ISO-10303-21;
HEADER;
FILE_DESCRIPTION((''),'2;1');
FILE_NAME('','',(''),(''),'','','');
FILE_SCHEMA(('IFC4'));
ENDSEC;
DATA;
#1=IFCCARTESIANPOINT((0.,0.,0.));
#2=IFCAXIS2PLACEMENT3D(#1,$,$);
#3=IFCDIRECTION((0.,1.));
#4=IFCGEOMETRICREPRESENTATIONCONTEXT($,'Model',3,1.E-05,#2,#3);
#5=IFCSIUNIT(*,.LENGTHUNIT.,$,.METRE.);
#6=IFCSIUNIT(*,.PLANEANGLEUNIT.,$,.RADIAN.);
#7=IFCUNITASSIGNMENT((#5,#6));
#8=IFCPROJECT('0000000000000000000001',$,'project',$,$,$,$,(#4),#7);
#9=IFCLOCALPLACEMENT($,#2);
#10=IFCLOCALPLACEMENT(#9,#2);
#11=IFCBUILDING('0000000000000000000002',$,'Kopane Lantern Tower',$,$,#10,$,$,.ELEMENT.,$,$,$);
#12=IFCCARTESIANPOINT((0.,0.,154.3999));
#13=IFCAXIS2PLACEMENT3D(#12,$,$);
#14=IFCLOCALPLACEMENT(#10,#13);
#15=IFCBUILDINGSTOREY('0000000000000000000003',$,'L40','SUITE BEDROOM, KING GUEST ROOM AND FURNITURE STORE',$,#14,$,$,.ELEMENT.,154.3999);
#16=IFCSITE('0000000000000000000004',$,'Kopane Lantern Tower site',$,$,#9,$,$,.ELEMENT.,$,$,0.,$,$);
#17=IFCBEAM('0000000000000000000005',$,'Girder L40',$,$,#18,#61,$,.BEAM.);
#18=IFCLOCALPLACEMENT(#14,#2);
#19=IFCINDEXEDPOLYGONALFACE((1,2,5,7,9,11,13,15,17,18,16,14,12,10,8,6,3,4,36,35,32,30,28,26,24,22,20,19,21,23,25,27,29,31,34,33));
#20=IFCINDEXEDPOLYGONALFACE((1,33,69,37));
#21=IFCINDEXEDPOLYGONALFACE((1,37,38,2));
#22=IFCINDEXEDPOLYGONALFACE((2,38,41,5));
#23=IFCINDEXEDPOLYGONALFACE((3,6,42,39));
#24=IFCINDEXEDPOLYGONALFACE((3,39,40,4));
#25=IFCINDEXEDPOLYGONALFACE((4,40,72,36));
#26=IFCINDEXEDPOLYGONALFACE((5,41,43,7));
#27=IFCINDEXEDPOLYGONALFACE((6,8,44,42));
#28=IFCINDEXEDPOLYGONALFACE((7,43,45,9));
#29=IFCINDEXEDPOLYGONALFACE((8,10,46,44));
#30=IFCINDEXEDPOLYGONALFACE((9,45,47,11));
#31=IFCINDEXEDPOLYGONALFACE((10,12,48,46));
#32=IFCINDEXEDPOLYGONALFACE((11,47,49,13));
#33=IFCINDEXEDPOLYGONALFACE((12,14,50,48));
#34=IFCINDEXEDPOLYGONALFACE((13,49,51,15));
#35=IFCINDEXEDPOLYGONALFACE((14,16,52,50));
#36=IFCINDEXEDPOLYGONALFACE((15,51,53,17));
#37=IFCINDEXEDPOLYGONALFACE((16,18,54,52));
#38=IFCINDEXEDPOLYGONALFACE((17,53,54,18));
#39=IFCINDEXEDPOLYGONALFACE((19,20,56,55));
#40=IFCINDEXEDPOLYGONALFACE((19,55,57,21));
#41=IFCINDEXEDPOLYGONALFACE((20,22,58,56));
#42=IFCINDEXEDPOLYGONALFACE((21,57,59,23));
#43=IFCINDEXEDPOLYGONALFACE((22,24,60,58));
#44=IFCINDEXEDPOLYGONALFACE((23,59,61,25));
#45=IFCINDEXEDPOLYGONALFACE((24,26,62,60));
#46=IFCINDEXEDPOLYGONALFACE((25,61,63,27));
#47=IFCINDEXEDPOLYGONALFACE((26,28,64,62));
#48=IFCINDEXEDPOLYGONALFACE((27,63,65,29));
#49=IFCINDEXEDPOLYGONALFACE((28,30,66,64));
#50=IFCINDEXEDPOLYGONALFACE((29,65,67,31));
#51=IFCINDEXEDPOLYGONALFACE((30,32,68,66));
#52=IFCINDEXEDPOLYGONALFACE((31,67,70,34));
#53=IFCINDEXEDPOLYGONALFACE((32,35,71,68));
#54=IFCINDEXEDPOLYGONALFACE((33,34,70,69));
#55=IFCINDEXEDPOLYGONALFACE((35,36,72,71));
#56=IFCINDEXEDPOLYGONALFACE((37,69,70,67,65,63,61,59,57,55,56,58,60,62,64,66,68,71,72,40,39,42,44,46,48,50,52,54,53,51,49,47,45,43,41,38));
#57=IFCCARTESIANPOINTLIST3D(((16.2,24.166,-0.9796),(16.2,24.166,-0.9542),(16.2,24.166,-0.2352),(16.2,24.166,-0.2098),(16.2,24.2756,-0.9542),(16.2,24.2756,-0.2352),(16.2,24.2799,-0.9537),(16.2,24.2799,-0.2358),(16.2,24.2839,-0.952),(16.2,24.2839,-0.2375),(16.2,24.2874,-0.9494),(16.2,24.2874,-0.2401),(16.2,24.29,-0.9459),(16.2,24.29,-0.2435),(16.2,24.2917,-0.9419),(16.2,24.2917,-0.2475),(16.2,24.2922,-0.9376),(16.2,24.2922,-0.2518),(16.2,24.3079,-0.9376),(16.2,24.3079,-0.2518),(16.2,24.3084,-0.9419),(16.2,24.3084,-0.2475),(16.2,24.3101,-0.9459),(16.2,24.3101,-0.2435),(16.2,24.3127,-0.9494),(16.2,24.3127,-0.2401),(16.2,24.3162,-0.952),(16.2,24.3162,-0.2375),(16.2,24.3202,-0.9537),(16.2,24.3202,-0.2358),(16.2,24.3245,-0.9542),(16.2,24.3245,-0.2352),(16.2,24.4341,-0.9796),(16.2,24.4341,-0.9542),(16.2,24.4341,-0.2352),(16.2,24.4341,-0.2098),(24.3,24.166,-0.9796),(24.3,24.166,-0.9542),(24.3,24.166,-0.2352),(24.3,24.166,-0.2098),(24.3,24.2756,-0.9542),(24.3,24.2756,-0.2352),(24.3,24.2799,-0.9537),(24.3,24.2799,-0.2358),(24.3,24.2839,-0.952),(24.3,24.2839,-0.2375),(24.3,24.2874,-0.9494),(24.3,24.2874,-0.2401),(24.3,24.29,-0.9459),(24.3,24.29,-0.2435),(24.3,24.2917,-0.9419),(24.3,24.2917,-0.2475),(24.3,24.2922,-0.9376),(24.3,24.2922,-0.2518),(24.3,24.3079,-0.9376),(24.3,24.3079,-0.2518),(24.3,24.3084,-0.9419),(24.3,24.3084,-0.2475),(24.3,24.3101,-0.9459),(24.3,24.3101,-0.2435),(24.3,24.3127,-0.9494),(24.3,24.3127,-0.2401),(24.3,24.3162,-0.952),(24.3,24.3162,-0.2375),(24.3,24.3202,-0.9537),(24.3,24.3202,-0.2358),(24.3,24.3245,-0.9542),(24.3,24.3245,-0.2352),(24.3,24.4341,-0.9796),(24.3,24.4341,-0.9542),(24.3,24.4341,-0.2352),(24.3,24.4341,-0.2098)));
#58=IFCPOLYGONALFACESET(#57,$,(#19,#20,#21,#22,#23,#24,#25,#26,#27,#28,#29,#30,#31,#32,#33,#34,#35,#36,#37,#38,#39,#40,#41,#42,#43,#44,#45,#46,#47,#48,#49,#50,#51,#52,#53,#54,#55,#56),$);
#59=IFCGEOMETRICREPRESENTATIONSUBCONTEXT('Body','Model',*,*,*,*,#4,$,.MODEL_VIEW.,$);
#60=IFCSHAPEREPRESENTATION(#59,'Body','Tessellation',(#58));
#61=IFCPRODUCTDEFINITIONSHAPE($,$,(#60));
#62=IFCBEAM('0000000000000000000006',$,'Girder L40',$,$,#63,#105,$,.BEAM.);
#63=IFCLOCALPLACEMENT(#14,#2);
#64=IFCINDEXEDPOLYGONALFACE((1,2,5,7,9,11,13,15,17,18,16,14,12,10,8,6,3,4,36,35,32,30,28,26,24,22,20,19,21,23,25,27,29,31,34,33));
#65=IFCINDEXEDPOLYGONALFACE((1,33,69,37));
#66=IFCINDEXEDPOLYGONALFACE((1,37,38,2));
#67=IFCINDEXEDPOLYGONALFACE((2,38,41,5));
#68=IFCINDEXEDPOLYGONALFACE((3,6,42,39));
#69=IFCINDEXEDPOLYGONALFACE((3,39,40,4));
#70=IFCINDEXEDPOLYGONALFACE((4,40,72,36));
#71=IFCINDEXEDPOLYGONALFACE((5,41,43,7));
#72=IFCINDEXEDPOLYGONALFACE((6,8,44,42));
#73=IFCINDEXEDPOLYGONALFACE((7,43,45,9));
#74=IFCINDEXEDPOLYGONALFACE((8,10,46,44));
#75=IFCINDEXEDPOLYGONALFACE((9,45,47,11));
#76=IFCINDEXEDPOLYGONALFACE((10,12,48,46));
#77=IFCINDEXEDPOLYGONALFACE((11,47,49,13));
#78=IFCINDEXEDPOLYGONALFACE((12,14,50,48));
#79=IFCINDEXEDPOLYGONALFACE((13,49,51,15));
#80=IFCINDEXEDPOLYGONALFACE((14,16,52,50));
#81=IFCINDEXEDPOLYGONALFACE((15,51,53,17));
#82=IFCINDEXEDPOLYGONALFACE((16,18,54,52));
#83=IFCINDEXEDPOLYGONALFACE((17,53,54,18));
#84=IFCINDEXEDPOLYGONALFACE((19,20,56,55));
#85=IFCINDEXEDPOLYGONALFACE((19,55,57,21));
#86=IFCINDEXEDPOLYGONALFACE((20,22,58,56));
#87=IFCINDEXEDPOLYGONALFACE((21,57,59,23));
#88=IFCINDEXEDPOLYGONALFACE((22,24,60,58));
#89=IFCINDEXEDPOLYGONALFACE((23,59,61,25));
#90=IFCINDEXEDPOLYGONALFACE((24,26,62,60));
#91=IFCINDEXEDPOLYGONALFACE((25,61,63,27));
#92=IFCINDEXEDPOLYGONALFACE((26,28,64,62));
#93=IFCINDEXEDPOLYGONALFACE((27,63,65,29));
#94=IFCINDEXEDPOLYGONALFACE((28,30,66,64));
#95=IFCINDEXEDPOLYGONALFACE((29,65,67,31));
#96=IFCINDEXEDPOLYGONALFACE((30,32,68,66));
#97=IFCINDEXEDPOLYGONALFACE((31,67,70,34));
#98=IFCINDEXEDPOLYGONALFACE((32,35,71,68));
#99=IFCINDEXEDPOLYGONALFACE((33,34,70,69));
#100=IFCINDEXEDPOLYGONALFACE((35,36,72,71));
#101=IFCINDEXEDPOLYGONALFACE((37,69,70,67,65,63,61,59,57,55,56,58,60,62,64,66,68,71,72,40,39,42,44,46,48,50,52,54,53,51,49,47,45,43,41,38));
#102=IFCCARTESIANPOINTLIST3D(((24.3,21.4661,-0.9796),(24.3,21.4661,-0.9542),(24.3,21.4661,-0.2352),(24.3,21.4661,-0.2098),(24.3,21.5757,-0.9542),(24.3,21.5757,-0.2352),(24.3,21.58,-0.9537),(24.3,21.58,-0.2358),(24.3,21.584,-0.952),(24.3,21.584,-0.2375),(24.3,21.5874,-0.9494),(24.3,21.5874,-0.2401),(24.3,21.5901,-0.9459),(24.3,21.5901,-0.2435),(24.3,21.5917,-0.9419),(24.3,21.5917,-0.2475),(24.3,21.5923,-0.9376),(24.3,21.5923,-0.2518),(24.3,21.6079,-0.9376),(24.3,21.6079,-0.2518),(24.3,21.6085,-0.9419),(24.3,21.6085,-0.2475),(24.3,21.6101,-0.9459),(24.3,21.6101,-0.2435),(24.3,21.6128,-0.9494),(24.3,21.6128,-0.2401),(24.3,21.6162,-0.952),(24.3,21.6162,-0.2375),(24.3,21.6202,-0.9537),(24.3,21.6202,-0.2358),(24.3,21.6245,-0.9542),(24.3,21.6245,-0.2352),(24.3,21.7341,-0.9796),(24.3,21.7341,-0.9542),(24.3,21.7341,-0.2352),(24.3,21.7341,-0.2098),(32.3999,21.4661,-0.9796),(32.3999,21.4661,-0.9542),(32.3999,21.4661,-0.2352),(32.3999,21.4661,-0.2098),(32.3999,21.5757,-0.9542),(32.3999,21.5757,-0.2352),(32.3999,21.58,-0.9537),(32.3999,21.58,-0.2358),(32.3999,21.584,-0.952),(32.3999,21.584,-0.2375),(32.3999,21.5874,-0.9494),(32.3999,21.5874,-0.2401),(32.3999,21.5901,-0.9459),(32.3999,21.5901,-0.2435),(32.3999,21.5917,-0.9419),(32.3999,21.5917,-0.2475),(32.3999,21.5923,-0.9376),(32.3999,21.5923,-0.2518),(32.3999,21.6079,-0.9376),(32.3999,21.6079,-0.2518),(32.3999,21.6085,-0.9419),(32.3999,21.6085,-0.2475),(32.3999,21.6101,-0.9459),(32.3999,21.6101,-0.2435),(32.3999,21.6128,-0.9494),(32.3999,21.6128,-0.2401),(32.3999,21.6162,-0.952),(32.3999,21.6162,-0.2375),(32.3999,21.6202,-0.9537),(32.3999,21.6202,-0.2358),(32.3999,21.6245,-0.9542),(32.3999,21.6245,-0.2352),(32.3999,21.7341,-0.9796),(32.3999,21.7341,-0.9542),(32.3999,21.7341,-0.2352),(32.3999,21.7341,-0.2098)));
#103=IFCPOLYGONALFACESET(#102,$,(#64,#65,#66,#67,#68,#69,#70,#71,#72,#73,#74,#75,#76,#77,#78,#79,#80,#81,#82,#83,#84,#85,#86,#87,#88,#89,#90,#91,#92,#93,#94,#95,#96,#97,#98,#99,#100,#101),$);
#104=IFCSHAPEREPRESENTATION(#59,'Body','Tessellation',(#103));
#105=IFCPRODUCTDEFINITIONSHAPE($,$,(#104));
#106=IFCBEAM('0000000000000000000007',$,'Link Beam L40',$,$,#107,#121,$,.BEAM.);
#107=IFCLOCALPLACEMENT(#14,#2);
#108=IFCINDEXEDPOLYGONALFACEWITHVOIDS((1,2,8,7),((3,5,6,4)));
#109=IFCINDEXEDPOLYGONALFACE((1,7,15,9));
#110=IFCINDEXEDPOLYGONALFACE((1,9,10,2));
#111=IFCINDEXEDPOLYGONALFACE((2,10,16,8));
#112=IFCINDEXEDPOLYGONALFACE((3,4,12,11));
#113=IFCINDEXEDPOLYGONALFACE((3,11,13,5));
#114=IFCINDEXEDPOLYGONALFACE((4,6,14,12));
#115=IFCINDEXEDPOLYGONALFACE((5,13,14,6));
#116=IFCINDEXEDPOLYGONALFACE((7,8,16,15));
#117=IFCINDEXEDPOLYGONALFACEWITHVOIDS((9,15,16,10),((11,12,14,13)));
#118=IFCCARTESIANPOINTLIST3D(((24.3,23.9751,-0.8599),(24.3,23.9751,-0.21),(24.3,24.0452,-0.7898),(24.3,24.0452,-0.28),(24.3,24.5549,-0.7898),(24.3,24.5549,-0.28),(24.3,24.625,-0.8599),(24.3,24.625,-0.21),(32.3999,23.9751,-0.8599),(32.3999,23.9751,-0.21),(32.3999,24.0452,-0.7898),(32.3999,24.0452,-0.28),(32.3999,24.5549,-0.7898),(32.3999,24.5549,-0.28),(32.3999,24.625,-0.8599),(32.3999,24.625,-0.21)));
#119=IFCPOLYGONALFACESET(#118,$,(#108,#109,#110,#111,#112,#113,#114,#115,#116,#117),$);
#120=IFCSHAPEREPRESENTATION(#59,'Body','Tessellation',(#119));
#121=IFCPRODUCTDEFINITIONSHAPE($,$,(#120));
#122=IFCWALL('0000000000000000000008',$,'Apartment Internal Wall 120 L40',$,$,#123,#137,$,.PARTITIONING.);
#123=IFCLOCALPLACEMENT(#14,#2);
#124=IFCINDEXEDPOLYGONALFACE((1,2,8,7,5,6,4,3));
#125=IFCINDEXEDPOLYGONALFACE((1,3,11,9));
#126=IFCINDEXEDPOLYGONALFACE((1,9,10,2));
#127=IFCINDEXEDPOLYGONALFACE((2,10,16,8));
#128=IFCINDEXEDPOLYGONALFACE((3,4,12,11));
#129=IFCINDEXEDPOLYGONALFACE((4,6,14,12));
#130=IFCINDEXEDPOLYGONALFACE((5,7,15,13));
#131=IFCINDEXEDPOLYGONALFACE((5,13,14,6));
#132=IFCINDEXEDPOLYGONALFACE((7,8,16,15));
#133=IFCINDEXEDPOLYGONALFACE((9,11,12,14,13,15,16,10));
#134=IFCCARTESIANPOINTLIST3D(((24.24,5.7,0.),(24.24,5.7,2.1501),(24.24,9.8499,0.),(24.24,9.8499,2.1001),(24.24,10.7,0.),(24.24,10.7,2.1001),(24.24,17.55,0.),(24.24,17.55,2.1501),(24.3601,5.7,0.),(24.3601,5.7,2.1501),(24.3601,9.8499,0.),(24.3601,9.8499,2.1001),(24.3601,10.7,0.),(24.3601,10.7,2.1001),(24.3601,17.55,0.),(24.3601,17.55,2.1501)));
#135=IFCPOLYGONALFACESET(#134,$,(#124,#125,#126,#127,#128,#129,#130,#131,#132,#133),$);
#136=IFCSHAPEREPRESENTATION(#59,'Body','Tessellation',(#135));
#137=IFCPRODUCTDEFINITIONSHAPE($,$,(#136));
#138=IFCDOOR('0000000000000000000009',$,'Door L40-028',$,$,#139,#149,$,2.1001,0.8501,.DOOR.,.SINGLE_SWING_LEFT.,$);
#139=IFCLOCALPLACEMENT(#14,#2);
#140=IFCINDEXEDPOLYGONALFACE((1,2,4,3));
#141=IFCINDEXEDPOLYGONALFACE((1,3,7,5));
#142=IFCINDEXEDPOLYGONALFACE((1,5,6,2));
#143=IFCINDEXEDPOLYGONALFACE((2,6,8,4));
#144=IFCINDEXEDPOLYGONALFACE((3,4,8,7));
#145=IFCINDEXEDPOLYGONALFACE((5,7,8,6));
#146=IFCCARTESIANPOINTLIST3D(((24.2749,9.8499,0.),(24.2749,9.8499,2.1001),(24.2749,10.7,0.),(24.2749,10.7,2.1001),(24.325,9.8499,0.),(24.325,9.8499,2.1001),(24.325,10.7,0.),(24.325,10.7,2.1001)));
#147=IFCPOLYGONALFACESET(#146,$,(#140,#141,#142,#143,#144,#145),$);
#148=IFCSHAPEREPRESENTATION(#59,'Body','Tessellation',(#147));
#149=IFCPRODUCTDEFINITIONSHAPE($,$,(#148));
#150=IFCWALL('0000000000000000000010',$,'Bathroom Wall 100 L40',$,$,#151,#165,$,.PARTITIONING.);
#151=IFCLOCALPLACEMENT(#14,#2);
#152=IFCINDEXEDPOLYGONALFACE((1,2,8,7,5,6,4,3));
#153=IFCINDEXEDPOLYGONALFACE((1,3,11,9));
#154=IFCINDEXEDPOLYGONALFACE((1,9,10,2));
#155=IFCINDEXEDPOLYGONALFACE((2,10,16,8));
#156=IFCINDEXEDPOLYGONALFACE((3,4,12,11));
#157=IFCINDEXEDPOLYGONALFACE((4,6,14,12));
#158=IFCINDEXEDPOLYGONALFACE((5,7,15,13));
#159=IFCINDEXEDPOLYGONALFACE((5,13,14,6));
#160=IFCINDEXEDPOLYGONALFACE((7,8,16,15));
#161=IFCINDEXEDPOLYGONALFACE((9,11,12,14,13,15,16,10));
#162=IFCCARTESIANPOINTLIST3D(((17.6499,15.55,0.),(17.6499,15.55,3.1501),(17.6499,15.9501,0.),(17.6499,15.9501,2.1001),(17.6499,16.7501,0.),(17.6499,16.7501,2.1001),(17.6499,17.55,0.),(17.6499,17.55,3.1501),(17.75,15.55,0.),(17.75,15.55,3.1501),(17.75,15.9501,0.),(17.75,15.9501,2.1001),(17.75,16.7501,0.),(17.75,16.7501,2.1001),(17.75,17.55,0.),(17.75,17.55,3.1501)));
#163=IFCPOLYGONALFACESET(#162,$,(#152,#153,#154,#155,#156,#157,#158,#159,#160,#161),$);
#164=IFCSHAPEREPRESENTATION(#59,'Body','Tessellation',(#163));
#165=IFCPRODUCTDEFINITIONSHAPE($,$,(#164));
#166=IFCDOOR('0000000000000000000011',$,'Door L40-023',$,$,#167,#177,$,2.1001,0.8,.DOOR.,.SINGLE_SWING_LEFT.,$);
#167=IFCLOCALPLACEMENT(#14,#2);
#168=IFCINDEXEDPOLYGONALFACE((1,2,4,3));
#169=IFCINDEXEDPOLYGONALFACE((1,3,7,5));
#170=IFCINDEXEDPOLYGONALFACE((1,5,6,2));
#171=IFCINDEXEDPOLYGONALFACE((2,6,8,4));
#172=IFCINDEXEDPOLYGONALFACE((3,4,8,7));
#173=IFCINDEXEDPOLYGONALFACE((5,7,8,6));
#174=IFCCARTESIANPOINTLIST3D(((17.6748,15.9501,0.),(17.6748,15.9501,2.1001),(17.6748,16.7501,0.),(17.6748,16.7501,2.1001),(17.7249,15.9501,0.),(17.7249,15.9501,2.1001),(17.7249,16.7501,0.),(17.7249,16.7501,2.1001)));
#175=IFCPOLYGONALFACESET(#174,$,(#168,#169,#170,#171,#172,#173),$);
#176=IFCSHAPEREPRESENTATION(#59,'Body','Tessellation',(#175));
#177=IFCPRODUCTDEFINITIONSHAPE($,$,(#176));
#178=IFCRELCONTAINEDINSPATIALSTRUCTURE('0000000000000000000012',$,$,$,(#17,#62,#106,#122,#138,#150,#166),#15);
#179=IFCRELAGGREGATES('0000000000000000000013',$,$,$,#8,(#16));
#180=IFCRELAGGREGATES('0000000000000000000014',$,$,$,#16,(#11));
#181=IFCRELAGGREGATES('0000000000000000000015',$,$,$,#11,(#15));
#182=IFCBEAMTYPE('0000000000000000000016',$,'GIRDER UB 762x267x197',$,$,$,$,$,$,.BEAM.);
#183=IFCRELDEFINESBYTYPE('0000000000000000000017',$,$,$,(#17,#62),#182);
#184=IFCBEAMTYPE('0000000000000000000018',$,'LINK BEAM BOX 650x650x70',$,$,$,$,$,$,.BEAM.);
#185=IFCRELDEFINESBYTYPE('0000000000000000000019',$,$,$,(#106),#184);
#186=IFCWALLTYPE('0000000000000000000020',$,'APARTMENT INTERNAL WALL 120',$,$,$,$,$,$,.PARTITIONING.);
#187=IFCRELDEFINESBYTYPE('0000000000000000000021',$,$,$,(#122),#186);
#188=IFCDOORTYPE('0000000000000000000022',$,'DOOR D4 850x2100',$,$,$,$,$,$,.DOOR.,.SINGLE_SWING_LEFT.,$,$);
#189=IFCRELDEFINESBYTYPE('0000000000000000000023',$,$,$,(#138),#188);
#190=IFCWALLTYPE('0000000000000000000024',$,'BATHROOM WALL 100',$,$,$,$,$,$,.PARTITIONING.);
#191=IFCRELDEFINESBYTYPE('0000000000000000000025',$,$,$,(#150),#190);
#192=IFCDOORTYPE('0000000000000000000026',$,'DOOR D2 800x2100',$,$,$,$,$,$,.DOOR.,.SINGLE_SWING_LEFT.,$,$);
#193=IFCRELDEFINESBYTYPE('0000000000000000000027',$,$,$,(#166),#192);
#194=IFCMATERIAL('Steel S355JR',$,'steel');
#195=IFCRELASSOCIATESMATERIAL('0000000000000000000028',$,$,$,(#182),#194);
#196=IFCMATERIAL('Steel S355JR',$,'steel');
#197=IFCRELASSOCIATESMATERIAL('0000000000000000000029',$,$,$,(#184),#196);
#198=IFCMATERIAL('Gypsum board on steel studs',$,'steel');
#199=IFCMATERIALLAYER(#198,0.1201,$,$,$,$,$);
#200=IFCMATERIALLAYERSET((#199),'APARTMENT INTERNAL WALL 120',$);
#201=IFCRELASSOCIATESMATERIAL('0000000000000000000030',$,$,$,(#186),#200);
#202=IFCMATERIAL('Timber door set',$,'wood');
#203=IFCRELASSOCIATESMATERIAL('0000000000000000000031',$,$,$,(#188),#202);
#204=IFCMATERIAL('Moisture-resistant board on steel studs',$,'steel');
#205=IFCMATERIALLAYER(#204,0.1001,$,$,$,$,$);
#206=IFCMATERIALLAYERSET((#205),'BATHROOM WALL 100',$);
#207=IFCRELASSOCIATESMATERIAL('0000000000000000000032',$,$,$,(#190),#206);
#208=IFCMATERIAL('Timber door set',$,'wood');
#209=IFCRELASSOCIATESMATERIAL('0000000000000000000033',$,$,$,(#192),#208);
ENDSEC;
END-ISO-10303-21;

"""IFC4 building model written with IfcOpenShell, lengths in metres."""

from ifc_helpers import new_model, si_unit, direction, frame, frame_2d, origin, origin_2d, place, context, subcontext, project, spatial, rectangle, hollow_rectangle, i_section, extrude, material, layer, layer_set, material_profile, profile_set, type_object, element, fill, save


model = new_model("IFC4")

# Units and contexts
model_context = context("Model", 3, precision=1e-05, world=origin(), true_north=direction((0.0, 1.0)))
body_context = subcontext(model_context, "Body", "Model", "MODEL_VIEW")
ifc_project = project(units=[si_unit("LENGTHUNIT", "METRE"), si_unit("PLANEANGLEUNIT", "RADIAN")], contexts=[model_context])

# Site, building, storey
site_placement = place(None, origin())
site = spatial("IfcSite", under=ifc_project, at=site_placement, Name="Kopane Lantern Tower site", CompositionType="ELEMENT", RefElevation=0.0)
building_placement = place(site_placement, origin())
building = spatial("IfcBuilding", under=site, at=building_placement, Name="Kopane Lantern Tower", CompositionType="ELEMENT")
storey_placement = place(building_placement, frame((0.0, 0.0, 154.3999)))
storey = spatial("IfcBuildingStorey", under=building, at=storey_placement, Name="L40", Description="SUITE BEDROOM, KING GUEST ROOM AND FURNITURE STORE", CompositionType="ELEMENT", Elevation=154.3999)

# Beams
ifc_material_1 = material(Name="Steel S355JR", Category="steel")
ifc_material_profile_1 = material_profile(ifc_material_1, i_section(OverallWidth=0.2681, OverallDepth=0.7698, WebThickness=0.0156, FlangeThickness=0.0254, FilletRadius=0.0166, at=origin_2d()), Name="UB 762x267x197")
ifc_profile_set_1 = profile_set([ifc_material_profile_1], Name="Steel S355JR")
beam_type_1 = type_object("IfcBeamType", Name="GIRDER UB 762x267x197", PredefinedType="BEAM", material=ifc_profile_set_1)
beam_1_placement = place(storey_placement, frame((16.2, 24.3, -0.5947), z_axis=(1.0, 0.0, 0.0), x_axis=(0.0, 1.0, 0.0)))
element("IfcBeam", 1, at=beam_1_placement, inside=storey, type_object=beam_type_1, Name="Girder L40", PredefinedType="BEAM", context=body_context, shape_type="SweptSolid", body=[
    extrude(i_section(OverallWidth=0.2681, OverallDepth=0.7698, WebThickness=0.0156, FlangeThickness=0.0254, FilletRadius=0.0166, at=origin_2d()), origin(), (0.0, 0.0, 1.0), 8.1001),
])
beam_2_placement = place(storey_placement, frame((24.3, 21.6001, -0.5947), z_axis=(1.0, 0.0, 0.0), x_axis=(0.0, 1.0, 0.0)))
element("IfcBeam", 2, at=beam_2_placement, inside=storey, type_object=beam_type_1, Name="Girder L40", PredefinedType="BEAM", context=body_context, shape_type="SweptSolid", body=[
    extrude(i_section(OverallWidth=0.2681, OverallDepth=0.7698, WebThickness=0.0156, FlangeThickness=0.0254, FilletRadius=0.0166, at=origin_2d()), origin(), (0.0, 0.0, 1.0), 8.0999),
])
ifc_material_2 = material(Name="Steel S355JR", Category="steel")
ifc_material_profile_2 = material_profile(ifc_material_2, hollow_rectangle(XDim=0.6499, YDim=0.6499, WallThickness=0.0701, at=origin_2d()), Name="BOX 650x650x70")
ifc_profile_set_2 = profile_set([ifc_material_profile_2], Name="Steel S355JR")
beam_type_2 = type_object("IfcBeamType", Name="LINK BEAM BOX 650x650x70", PredefinedType="BEAM", material=ifc_profile_set_2)
beam_3_placement = place(storey_placement, frame((24.3, 24.3, -0.5349), z_axis=(1.0, 0.0, 0.0), x_axis=(0.0, 1.0, 0.0)))
element("IfcBeam", 3, at=beam_3_placement, inside=storey, type_object=beam_type_2, Name="Link Beam L40", PredefinedType="BEAM", context=body_context, shape_type="SweptSolid", body=[
    extrude(hollow_rectangle(XDim=0.6499, YDim=0.6499, WallThickness=0.0701, at=origin_2d()), origin(), (0.0, 0.0, 1.0), 8.0999),
])

# Walls, openings, doors
ifc_material_3 = material(Name="Gypsum board on steel studs", Category="steel")
ifc_layer_1 = layer(ifc_material_3, 0.1201)
ifc_layer_set_1 = layer_set([ifc_layer_1], Name="APARTMENT INTERNAL WALL 120")
wall_type_1 = type_object("IfcWallType", Name="APARTMENT INTERNAL WALL 120", PredefinedType="PARTITIONING", material=ifc_layer_set_1)
wall_1_placement = place(storey_placement, frame((24.3, 17.55, 0.0), z_axis=(0.0, 0.0, 1.0), x_axis=(0.0, -1.0, 0.0)))
wall_1 = element("IfcWall", 4, at=wall_1_placement, inside=storey, type_object=wall_type_1, Name="Apartment Internal Wall 120 L40", PredefinedType="PARTITIONING", context=body_context, shape_type="SweptSolid", body=[
    extrude(rectangle(XDim=11.8501, YDim=0.1201, at=frame_2d((5.925, 0.0))), origin(), (0.0, 0.0, 1.0), 2.1501),
])
opening_1_placement = place(wall_1_placement, frame((6.8501, 0.0, 0.0)))
opening_1 = element("IfcOpeningElement", 5, at=opening_1_placement, cuts=wall_1, PredefinedType="OPENING", context=body_context, shape_type="SweptSolid", body=[
    extrude(rectangle(XDim=0.8501, YDim=2.1001, at=frame_2d((0.425, 1.05))), frame((0.0, 0.0701, 0.0), z_axis=(0.0, -1.0, 0.0), x_axis=(1.0, 0.0, 0.0)), (0.0, 0.0, 1.0), 0.1401),
])
ifc_material_4 = material(Name="Timber door set", Category="wood")
door_type_1 = type_object("IfcDoorType", Name="DOOR D4 850x2100", OperationType="SINGLE_SWING_LEFT", PredefinedType="DOOR", material=ifc_material_4)
door_1_placement = place(opening_1_placement, origin())
door_1 = element("IfcDoor", 6, at=door_1_placement, inside=storey, type_object=door_type_1, Name="Door L40-028", OperationType="SINGLE_SWING_LEFT", OverallHeight=2.1001, OverallWidth=0.8501, PredefinedType="DOOR", context=body_context, shape_type="SweptSolid", body=[
    extrude(rectangle(XDim=0.8501, YDim=2.1001, at=frame_2d((0.425, 1.05))), frame((0.0, 0.0249, 0.0), z_axis=(0.0, -1.0, 0.0), x_axis=(1.0, 0.0, 0.0)), (0.0, 0.0, 1.0), 0.05),
])
fill(opening_1, door_1)
ifc_material_5 = material(Name="Moisture-resistant board on steel studs", Category="steel")
ifc_layer_2 = layer(ifc_material_5, 0.1001)
ifc_layer_set_2 = layer_set([ifc_layer_2], Name="BATHROOM WALL 100")
wall_type_2 = type_object("IfcWallType", Name="BATHROOM WALL 100", PredefinedType="PARTITIONING", material=ifc_layer_set_2)
wall_2_placement = place(storey_placement, frame((17.7, 17.55, 0.0), z_axis=(0.0, 0.0, 1.0), x_axis=(0.0, -1.0, 0.0)))
wall_2 = element("IfcWall", 7, at=wall_2_placement, inside=storey, type_object=wall_type_2, Name="Bathroom Wall 100 L40", PredefinedType="PARTITIONING", context=body_context, shape_type="SweptSolid", body=[
    extrude(rectangle(XDim=2.0, YDim=0.1001, at=frame_2d((1.0, 0.0))), origin(), (0.0, 0.0, 1.0), 3.1501),
])
opening_2_placement = place(wall_2_placement, frame((0.8, 0.0, 0.0)))
opening_2 = element("IfcOpeningElement", 8, at=opening_2_placement, cuts=wall_2, PredefinedType="OPENING", context=body_context, shape_type="SweptSolid", body=[
    extrude(rectangle(XDim=0.8, YDim=2.1001, at=frame_2d((0.3999, 1.05))), frame((0.0, 0.0601, 0.0), z_axis=(0.0, -1.0, 0.0), x_axis=(1.0, 0.0, 0.0)), (0.0, 0.0, 1.0), 0.1201),
])
ifc_material_6 = material(Name="Timber door set", Category="wood")
door_type_2 = type_object("IfcDoorType", Name="DOOR D2 800x2100", OperationType="SINGLE_SWING_LEFT", PredefinedType="DOOR", material=ifc_material_6)
door_2_placement = place(opening_2_placement, origin())
door_2 = element("IfcDoor", 9, at=door_2_placement, inside=storey, type_object=door_type_2, Name="Door L40-023", OperationType="SINGLE_SWING_LEFT", OverallHeight=2.1001, OverallWidth=0.8, PredefinedType="DOOR", context=body_context, shape_type="SweptSolid", body=[
    extrude(rectangle(XDim=0.8, YDim=2.1001, at=frame_2d((0.3999, 1.05))), frame((0.0, 0.0249, 0.0), z_axis=(0.0, -1.0, 0.0), x_axis=(1.0, 0.0, 0.0)), (0.0, 0.0, 1.0), 0.05),
])
fill(opening_2, door_2)

save(model, "model.ifc")
